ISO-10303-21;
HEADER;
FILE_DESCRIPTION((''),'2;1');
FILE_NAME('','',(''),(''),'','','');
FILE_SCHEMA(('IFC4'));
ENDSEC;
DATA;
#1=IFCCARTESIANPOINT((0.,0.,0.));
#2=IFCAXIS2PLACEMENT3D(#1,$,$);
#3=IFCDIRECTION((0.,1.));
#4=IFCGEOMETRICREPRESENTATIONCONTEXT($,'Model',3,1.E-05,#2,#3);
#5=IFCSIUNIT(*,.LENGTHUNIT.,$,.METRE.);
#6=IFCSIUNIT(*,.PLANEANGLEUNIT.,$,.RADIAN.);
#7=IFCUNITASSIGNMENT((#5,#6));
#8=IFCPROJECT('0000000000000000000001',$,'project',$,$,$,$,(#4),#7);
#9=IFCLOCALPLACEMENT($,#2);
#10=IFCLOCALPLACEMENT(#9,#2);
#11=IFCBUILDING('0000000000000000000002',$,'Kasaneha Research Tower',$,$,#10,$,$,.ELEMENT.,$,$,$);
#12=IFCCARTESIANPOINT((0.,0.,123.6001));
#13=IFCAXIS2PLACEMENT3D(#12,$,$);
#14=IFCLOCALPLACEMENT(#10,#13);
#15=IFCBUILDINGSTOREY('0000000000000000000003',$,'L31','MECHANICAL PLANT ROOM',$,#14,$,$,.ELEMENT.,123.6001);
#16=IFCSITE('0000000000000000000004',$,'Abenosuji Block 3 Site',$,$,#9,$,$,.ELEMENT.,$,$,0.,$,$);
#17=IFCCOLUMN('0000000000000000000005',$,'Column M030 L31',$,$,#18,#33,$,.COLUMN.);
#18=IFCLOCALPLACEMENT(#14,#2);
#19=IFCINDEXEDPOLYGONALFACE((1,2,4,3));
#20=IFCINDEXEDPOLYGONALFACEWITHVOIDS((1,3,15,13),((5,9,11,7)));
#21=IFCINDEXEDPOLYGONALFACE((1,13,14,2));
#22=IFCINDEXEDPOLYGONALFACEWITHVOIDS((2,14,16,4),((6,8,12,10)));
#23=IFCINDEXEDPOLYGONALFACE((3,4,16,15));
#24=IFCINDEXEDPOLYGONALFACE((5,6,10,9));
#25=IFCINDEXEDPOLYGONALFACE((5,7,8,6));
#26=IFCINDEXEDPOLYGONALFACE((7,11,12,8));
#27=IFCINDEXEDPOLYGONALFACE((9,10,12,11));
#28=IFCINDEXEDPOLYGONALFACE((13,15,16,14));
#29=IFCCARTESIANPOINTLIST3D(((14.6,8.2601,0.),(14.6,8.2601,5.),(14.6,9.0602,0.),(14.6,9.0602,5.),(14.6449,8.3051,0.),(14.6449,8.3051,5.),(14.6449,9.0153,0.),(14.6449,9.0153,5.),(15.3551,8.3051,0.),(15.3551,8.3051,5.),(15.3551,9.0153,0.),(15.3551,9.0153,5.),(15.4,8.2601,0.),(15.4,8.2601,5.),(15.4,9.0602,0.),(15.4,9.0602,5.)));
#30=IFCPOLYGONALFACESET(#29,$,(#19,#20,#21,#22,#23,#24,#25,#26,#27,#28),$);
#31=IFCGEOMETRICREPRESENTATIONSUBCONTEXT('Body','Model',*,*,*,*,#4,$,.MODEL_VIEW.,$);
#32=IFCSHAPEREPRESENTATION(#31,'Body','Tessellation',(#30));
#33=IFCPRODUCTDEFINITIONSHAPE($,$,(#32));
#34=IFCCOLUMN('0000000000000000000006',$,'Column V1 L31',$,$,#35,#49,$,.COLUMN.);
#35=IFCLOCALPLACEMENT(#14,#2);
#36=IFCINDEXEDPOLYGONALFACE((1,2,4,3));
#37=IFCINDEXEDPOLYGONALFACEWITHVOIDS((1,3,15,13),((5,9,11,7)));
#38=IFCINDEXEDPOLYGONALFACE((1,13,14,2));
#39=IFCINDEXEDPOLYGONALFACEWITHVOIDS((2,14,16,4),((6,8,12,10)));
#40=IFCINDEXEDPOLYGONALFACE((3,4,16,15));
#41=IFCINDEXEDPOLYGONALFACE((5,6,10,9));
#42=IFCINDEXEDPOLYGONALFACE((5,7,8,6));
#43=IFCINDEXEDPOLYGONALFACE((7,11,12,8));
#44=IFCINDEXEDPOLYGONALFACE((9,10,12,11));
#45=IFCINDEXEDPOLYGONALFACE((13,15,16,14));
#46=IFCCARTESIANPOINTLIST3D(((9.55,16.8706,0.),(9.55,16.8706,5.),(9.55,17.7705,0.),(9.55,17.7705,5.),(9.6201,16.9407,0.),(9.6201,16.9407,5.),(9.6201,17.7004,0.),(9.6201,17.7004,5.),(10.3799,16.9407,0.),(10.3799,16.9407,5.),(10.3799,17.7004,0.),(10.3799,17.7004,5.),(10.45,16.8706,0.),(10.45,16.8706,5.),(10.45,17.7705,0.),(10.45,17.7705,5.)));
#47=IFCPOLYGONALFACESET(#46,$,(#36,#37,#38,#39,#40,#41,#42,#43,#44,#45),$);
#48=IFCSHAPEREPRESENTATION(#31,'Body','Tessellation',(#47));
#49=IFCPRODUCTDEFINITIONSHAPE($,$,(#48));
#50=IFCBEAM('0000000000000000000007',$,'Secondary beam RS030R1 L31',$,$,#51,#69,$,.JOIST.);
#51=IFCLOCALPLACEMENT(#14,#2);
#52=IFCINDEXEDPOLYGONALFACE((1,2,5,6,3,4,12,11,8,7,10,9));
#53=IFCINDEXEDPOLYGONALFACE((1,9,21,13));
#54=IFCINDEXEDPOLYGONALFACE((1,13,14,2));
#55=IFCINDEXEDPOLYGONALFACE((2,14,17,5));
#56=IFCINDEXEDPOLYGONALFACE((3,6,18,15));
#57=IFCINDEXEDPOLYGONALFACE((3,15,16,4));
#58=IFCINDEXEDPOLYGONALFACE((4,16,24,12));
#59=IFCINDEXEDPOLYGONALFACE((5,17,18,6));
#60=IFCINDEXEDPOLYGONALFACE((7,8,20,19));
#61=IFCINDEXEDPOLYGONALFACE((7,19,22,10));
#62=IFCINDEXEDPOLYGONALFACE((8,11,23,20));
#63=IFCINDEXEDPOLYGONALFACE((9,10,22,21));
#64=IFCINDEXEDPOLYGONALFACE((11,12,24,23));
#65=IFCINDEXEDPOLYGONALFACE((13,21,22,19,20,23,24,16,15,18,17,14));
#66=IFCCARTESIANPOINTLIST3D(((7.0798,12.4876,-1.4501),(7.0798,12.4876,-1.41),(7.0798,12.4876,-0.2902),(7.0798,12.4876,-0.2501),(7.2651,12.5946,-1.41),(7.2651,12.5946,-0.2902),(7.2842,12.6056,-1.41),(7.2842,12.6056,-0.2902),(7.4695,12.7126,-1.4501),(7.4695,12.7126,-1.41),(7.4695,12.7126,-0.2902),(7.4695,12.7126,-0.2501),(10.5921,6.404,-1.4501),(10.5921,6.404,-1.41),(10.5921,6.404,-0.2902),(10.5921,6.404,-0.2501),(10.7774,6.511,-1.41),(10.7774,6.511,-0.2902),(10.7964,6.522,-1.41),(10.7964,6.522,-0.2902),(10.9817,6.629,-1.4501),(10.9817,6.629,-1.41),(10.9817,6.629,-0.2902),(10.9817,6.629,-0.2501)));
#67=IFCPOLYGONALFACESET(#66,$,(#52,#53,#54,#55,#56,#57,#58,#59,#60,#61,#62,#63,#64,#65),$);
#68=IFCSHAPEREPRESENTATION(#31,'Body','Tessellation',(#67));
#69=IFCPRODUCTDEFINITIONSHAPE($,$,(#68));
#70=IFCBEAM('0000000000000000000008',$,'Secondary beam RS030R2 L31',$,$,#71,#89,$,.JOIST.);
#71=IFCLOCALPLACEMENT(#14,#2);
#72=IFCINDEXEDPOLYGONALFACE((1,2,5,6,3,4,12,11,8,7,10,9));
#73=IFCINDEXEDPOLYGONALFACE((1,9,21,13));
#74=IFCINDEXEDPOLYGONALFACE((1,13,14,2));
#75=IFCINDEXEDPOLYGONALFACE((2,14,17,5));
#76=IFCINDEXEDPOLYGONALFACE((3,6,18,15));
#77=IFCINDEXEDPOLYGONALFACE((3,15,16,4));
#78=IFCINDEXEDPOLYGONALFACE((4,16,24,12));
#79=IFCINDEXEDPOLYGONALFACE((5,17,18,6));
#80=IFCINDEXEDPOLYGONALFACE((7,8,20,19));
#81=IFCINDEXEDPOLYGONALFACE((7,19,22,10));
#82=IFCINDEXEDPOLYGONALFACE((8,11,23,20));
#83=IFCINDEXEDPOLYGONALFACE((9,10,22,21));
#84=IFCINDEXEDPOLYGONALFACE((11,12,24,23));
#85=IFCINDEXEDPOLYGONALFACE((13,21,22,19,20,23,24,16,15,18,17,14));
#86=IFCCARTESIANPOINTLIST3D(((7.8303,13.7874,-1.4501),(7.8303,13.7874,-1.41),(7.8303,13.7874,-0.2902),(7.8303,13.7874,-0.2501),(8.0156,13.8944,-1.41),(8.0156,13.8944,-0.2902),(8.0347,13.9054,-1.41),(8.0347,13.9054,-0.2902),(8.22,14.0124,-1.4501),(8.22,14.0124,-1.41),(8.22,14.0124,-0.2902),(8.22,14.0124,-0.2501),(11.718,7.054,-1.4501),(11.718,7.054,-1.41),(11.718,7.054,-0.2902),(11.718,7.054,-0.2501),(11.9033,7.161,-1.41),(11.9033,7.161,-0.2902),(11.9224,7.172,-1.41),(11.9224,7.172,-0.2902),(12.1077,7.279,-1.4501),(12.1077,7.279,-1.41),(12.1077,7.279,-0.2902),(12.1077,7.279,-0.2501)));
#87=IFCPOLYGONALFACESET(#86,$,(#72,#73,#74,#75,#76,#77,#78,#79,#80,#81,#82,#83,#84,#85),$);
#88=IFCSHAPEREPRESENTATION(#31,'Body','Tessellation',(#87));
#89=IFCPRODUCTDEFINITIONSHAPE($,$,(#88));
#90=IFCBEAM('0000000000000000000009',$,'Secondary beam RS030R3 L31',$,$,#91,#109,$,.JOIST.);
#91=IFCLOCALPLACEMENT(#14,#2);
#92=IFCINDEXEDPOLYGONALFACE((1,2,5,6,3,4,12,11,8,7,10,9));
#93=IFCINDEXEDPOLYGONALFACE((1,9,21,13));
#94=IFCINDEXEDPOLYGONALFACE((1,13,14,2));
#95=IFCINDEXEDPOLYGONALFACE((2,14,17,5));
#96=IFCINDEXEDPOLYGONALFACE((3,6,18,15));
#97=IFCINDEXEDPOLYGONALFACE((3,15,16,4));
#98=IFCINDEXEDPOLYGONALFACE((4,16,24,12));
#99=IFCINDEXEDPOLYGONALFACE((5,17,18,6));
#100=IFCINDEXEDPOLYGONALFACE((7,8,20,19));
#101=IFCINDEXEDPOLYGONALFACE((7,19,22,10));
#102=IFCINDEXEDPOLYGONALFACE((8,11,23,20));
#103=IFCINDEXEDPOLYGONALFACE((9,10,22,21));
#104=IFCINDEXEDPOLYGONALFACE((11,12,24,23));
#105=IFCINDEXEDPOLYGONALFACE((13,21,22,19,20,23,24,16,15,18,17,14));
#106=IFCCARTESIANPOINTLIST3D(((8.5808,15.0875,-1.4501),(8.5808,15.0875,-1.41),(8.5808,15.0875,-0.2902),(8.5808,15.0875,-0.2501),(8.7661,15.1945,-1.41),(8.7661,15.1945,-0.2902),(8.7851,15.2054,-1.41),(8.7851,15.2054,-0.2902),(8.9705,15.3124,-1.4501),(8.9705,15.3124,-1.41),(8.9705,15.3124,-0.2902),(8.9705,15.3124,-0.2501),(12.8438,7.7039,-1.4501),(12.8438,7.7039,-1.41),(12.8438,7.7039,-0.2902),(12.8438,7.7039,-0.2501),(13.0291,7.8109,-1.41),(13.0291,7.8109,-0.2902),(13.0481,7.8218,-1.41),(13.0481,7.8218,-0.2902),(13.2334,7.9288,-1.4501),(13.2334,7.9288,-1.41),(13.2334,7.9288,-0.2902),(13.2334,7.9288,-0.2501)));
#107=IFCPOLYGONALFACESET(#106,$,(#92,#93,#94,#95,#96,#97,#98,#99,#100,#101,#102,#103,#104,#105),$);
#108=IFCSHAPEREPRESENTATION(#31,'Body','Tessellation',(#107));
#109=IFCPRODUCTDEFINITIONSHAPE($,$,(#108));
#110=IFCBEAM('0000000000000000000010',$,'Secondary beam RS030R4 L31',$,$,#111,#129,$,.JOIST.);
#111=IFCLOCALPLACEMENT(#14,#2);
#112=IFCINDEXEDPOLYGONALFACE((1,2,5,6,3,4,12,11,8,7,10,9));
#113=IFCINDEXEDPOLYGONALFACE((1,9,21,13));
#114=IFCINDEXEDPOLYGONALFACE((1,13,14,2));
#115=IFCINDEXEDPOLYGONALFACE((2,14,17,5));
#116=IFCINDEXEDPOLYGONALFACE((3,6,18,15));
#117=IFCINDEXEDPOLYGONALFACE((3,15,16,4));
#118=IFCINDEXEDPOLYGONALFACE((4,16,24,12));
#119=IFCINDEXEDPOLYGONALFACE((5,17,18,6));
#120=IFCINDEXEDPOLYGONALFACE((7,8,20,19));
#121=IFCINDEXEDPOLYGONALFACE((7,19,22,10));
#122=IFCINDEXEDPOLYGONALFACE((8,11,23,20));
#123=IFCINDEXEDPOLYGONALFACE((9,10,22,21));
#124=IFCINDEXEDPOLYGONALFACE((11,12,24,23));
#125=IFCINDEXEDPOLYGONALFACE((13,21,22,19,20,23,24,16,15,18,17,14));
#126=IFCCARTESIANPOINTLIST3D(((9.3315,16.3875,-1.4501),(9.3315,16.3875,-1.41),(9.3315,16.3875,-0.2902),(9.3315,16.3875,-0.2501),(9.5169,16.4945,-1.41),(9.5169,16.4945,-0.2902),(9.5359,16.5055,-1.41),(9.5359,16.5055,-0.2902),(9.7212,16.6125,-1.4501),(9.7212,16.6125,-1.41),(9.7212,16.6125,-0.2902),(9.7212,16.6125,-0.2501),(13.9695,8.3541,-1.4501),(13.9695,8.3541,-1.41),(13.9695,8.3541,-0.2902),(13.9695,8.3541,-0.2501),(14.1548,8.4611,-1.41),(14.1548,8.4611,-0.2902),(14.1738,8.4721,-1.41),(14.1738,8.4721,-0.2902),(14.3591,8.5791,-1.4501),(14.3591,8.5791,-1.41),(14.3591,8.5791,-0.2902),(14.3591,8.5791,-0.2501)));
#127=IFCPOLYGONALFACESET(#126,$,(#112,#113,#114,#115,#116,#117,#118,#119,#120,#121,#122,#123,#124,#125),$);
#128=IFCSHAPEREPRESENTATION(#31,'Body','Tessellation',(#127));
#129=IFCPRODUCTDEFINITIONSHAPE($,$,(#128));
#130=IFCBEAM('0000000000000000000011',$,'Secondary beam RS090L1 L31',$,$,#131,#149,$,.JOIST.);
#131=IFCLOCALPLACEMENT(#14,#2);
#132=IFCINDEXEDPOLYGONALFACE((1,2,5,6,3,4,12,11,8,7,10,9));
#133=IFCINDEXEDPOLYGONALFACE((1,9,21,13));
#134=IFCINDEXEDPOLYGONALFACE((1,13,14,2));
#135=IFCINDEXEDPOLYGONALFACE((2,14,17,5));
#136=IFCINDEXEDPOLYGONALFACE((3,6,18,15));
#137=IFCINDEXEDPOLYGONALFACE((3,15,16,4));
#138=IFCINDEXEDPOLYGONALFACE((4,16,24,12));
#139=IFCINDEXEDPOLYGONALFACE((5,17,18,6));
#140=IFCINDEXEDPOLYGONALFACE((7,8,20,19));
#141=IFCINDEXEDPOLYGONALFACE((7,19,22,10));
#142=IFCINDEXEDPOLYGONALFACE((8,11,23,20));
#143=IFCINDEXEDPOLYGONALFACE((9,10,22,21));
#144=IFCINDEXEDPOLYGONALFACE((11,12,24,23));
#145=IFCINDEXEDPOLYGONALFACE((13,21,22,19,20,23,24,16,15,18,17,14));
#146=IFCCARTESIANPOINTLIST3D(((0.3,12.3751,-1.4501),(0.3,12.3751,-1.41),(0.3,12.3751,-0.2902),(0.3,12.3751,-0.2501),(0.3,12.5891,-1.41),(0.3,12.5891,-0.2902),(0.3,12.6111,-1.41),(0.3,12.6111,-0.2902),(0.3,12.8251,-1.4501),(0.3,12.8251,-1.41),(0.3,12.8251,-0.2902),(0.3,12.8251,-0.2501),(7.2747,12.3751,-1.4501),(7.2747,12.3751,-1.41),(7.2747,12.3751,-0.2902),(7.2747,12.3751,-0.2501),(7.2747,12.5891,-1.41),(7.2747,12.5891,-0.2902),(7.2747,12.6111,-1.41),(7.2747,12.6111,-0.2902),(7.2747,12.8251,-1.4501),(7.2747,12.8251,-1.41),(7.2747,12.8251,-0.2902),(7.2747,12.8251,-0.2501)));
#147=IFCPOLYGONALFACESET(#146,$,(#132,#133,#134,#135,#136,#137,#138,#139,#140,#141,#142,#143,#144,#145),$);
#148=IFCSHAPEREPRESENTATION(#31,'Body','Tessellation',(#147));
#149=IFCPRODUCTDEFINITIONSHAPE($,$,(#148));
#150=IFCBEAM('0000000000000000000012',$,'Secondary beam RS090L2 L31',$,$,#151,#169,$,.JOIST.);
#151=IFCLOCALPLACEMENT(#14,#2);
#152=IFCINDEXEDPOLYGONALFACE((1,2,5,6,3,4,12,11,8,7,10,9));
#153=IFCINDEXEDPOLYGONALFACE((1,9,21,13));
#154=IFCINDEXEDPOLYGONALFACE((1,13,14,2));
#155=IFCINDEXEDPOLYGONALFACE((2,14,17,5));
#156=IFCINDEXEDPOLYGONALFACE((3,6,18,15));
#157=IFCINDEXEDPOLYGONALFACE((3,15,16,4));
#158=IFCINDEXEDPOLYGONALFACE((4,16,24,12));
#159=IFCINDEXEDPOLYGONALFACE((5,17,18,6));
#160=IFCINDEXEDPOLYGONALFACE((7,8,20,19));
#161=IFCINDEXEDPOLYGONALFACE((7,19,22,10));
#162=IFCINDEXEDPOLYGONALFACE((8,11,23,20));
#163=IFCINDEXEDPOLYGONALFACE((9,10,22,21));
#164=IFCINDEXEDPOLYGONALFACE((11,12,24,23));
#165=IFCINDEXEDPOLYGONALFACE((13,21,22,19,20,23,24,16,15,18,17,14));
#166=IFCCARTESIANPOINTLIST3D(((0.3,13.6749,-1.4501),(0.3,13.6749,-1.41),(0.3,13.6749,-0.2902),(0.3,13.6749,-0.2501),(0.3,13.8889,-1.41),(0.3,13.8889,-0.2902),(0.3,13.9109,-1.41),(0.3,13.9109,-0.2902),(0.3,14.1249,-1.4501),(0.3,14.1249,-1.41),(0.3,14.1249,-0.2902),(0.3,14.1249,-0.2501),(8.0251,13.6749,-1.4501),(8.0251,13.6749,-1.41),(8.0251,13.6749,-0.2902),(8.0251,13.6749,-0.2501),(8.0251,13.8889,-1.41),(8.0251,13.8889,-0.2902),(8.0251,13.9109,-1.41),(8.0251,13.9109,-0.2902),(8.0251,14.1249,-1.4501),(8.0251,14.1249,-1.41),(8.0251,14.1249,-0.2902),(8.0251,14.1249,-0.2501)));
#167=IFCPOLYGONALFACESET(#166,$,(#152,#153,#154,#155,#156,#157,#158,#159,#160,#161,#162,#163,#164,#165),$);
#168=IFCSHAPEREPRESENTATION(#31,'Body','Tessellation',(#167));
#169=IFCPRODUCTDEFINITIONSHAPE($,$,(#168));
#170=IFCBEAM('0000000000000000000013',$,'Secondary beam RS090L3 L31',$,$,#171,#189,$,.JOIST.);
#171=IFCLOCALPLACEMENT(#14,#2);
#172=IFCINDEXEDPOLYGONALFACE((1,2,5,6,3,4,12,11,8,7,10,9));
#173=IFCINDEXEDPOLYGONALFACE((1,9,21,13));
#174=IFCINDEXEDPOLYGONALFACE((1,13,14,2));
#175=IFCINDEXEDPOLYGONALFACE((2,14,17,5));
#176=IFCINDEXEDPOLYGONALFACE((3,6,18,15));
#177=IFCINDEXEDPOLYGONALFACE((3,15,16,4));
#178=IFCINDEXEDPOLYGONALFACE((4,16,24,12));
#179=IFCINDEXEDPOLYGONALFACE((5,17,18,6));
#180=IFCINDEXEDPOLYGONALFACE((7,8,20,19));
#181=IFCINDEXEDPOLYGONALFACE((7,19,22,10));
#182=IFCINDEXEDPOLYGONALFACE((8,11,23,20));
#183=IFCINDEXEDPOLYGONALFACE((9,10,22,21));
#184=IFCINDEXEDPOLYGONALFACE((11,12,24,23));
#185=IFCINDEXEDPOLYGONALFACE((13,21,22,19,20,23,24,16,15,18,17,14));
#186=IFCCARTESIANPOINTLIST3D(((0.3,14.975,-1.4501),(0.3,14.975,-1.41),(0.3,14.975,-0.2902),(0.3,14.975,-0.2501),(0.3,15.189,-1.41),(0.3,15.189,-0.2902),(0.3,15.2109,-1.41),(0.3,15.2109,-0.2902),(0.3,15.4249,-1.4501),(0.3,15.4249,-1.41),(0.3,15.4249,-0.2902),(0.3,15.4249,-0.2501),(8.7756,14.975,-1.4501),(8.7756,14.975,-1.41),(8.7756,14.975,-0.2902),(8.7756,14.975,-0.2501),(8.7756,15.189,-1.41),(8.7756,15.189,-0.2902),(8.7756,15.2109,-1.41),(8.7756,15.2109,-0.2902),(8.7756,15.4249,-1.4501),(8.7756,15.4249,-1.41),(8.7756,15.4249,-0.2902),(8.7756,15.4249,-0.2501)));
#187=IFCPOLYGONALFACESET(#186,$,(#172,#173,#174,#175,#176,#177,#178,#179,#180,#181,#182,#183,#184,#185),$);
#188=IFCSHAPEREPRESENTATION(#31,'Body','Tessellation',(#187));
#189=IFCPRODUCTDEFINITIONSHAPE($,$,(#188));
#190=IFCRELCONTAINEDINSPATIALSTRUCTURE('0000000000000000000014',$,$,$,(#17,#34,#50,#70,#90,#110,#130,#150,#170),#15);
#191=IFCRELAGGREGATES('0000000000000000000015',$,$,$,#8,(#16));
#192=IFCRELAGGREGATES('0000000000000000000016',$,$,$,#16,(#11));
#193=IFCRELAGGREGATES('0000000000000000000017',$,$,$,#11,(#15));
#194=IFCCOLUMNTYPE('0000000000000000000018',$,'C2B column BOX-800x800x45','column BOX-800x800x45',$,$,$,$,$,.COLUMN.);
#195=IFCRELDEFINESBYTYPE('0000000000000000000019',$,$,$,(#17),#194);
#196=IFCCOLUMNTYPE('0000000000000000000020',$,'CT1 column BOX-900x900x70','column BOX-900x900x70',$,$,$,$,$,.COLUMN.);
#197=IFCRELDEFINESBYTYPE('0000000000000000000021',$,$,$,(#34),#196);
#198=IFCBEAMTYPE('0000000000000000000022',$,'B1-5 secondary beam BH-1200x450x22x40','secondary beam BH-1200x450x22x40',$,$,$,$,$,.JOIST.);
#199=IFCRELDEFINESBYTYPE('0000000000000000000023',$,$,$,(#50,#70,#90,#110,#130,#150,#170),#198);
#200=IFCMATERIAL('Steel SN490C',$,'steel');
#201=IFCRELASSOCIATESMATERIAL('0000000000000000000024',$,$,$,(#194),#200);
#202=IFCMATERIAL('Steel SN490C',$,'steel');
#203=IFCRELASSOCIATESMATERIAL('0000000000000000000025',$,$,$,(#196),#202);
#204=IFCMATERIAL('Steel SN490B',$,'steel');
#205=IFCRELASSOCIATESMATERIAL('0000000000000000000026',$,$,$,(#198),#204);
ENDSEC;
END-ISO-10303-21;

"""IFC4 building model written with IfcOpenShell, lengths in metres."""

from ifc_helpers import new_model, si_unit, direction, frame, origin, origin_2d, place, context, subcontext, project, spatial, hollow_rectangle, i_section, extrude, material, material_profile, profile_set, type_object, element, save


model = new_model("IFC4")

# Units and contexts
model_context = context("Model", 3, precision=1e-05, world=origin(), true_north=direction((0.0, 1.0)))
body_context = subcontext(model_context, "Body", "Model", "MODEL_VIEW")
ifc_project = project(units=[si_unit("LENGTHUNIT", "METRE"), si_unit("PLANEANGLEUNIT", "RADIAN")], contexts=[model_context])

# Site, building, storey
site_placement = place(None, origin())
site = spatial("IfcSite", under=ifc_project, at=site_placement, Name="Abenosuji Block 3 Site", CompositionType="ELEMENT", RefElevation=0.0)
building_placement = place(site_placement, origin())
building = spatial("IfcBuilding", under=site, at=building_placement, Name="Kasaneha Research Tower", CompositionType="ELEMENT")
storey_placement = place(building_placement, frame((0.0, 0.0, 123.6001)))
storey = spatial("IfcBuildingStorey", under=building, at=storey_placement, Name="L31", Description="MECHANICAL PLANT ROOM", CompositionType="ELEMENT", Elevation=123.6001)

# Columns
ifc_material_1 = material(Name="Steel SN490C", Category="steel")
ifc_material_profile_1 = material_profile(ifc_material_1, hollow_rectangle(XDim=0.8, YDim=0.8, WallThickness=0.0449, at=origin_2d()), Name="BOX-800x800x45")
ifc_profile_set_1 = profile_set([ifc_material_profile_1], Name="Steel SN490C")
column_type_1 = type_object("IfcColumnType", Name="C2B column BOX-800x800x45", Description="column BOX-800x800x45", PredefinedType="COLUMN", material=ifc_profile_set_1)
column_1_placement = place(storey_placement, frame((15.0, 8.6602, 0.0), z_axis=(0.0, 0.0, 1.0), x_axis=(1.0, 0.0, 0.0)))
element("IfcColumn", 1, at=column_1_placement, inside=storey, type_object=column_type_1, Name="Column M030 L31", PredefinedType="COLUMN", context=body_context, shape_type="SweptSolid", body=[
    extrude(hollow_rectangle(XDim=0.8, YDim=0.8, WallThickness=0.0449, at=origin_2d()), origin(), (0.0, 0.0, 1.0), 5.0),
])
ifc_material_2 = material(Name="Steel SN490C", Category="steel")
ifc_material_profile_2 = material_profile(ifc_material_2, hollow_rectangle(XDim=0.8999, YDim=0.8999, WallThickness=0.0701, at=origin_2d()), Name="BOX-900x900x70")
ifc_profile_set_2 = profile_set([ifc_material_profile_2], Name="Steel SN490C")
column_type_2 = type_object("IfcColumnType", Name="CT1 column BOX-900x900x70", Description="column BOX-900x900x70", PredefinedType="COLUMN", material=ifc_profile_set_2)
column_2_placement = place(storey_placement, frame((10.0, 17.3206, 0.0), z_axis=(0.0, 0.0, 1.0), x_axis=(1.0, 0.0, 0.0)))
element("IfcColumn", 2, at=column_2_placement, inside=storey, type_object=column_type_2, Name="Column V1 L31", PredefinedType="COLUMN", context=body_context, shape_type="SweptSolid", body=[
    extrude(hollow_rectangle(XDim=0.8999, YDim=0.8999, WallThickness=0.0701, at=origin_2d()), origin(), (0.0, 0.0, 1.0), 5.0),
])

# Beams
ifc_material_3 = material(Name="Steel SN490B", Category="steel")
ifc_material_profile_3 = material_profile(ifc_material_3, i_section(OverallWidth=0.45, OverallDepth=1.2, WebThickness=0.022, FlangeThickness=0.04, at=origin_2d()), Name="BH-1200x450x22x40")
ifc_profile_set_3 = profile_set([ifc_material_profile_3], Name="Steel SN490B")
beam_type_1 = type_object("IfcBeamType", Name="B1-5 secondary beam BH-1200x450x22x40", Description="secondary beam BH-1200x450x22x40", PredefinedType="JOIST", material=ifc_profile_set_3)
beam_1_placement = place(storey_placement, frame((7.2747, 12.6001, -0.8501), z_axis=(0.499989, -0.866032, 0.0), x_axis=(0.866032, 0.499989, 0.0)))
element("IfcBeam", 3, at=beam_1_placement, inside=storey, type_object=beam_type_1, Name="Secondary beam RS030R1 L31", PredefinedType="JOIST", context=body_context, shape_type="SweptSolid", body=[
    extrude(i_section(OverallWidth=0.45, OverallDepth=1.2, WebThickness=0.022, FlangeThickness=0.04, at=origin_2d()), origin(), (0.0, 0.0, 1.0), 7.0247),
])
beam_2_placement = place(storey_placement, frame((8.0251, 13.8999, -0.8501), z_axis=(0.500016, -0.866016, 0.0), x_axis=(0.866016, 0.500016, 0.0)))
element("IfcBeam", 4, at=beam_2_placement, inside=storey, type_object=beam_type_1, Name="Secondary beam RS030R2 L31", PredefinedType="JOIST", context=body_context, shape_type="SweptSolid", body=[
    extrude(i_section(OverallWidth=0.45, OverallDepth=1.2, WebThickness=0.022, FlangeThickness=0.04, at=origin_2d()), origin(), (0.0, 0.0, 1.0), 7.7751),
])
beam_3_placement = place(storey_placement, frame((8.7756, 15.2, -0.8501), z_axis=(0.500004, -0.866023, 0.0), x_axis=(0.866023, 0.500004, 0.0)))
element("IfcBeam", 5, at=beam_3_placement, inside=storey, type_object=beam_type_1, Name="Secondary beam RS030R3 L31", PredefinedType="JOIST", context=body_context, shape_type="SweptSolid", body=[
    extrude(i_section(OverallWidth=0.45, OverallDepth=1.2, WebThickness=0.022, FlangeThickness=0.04, at=origin_2d()), origin(), (0.0, 0.0, 1.0), 8.5259),
])
beam_4_placement = place(storey_placement, frame((9.5264, 16.5, -0.8501), z_axis=(0.499986, -0.866034, 0.0), x_axis=(0.866034, 0.499986, 0.0)))
element("IfcBeam", 6, at=beam_4_placement, inside=storey, type_object=beam_type_1, Name="Secondary beam RS030R4 L31", PredefinedType="JOIST", context=body_context, shape_type="SweptSolid", body=[
    extrude(i_section(OverallWidth=0.45, OverallDepth=1.2, WebThickness=0.022, FlangeThickness=0.04, at=origin_2d()), origin(), (0.0, 0.0, 1.0), 9.2761),
])
beam_5_placement = place(storey_placement, frame((7.2747, 12.6001, -0.8501), z_axis=(-1.0, 0.0, 0.0), x_axis=(0.0, -1.0, 0.0)))
element("IfcBeam", 7, at=beam_5_placement, inside=storey, type_object=beam_type_1, Name="Secondary beam RS090L1 L31", PredefinedType="JOIST", context=body_context, shape_type="SweptSolid", body=[
    extrude(i_section(OverallWidth=0.45, OverallDepth=1.2, WebThickness=0.022, FlangeThickness=0.04, at=origin_2d()), origin(), (0.0, 0.0, 1.0), 6.9746),
])
beam_6_placement = place(storey_placement, frame((8.0251, 13.8999, -0.8501), z_axis=(-1.0, 0.0, 0.0), x_axis=(0.0, -1.0, 0.0)))
element("IfcBeam", 8, at=beam_6_placement, inside=storey, type_object=beam_type_1, Name="Secondary beam RS090L2 L31", PredefinedType="JOIST", context=body_context, shape_type="SweptSolid", body=[
    extrude(i_section(OverallWidth=0.45, OverallDepth=1.2, WebThickness=0.022, FlangeThickness=0.04, at=origin_2d()), origin(), (0.0, 0.0, 1.0), 7.7251),
])
beam_7_placement = place(storey_placement, frame((8.7756, 15.2, -0.8501), z_axis=(-1.0, 0.0, 0.0), x_axis=(0.0, -1.0, 0.0)))
element("IfcBeam", 9, at=beam_7_placement, inside=storey, type_object=beam_type_1, Name="Secondary beam RS090L3 L31", PredefinedType="JOIST", context=body_context, shape_type="SweptSolid", body=[
    extrude(i_section(OverallWidth=0.45, OverallDepth=1.2, WebThickness=0.022, FlangeThickness=0.04, at=origin_2d()), origin(), (0.0, 0.0, 1.0), 8.4756),
])

save(model, "model.ifc")
